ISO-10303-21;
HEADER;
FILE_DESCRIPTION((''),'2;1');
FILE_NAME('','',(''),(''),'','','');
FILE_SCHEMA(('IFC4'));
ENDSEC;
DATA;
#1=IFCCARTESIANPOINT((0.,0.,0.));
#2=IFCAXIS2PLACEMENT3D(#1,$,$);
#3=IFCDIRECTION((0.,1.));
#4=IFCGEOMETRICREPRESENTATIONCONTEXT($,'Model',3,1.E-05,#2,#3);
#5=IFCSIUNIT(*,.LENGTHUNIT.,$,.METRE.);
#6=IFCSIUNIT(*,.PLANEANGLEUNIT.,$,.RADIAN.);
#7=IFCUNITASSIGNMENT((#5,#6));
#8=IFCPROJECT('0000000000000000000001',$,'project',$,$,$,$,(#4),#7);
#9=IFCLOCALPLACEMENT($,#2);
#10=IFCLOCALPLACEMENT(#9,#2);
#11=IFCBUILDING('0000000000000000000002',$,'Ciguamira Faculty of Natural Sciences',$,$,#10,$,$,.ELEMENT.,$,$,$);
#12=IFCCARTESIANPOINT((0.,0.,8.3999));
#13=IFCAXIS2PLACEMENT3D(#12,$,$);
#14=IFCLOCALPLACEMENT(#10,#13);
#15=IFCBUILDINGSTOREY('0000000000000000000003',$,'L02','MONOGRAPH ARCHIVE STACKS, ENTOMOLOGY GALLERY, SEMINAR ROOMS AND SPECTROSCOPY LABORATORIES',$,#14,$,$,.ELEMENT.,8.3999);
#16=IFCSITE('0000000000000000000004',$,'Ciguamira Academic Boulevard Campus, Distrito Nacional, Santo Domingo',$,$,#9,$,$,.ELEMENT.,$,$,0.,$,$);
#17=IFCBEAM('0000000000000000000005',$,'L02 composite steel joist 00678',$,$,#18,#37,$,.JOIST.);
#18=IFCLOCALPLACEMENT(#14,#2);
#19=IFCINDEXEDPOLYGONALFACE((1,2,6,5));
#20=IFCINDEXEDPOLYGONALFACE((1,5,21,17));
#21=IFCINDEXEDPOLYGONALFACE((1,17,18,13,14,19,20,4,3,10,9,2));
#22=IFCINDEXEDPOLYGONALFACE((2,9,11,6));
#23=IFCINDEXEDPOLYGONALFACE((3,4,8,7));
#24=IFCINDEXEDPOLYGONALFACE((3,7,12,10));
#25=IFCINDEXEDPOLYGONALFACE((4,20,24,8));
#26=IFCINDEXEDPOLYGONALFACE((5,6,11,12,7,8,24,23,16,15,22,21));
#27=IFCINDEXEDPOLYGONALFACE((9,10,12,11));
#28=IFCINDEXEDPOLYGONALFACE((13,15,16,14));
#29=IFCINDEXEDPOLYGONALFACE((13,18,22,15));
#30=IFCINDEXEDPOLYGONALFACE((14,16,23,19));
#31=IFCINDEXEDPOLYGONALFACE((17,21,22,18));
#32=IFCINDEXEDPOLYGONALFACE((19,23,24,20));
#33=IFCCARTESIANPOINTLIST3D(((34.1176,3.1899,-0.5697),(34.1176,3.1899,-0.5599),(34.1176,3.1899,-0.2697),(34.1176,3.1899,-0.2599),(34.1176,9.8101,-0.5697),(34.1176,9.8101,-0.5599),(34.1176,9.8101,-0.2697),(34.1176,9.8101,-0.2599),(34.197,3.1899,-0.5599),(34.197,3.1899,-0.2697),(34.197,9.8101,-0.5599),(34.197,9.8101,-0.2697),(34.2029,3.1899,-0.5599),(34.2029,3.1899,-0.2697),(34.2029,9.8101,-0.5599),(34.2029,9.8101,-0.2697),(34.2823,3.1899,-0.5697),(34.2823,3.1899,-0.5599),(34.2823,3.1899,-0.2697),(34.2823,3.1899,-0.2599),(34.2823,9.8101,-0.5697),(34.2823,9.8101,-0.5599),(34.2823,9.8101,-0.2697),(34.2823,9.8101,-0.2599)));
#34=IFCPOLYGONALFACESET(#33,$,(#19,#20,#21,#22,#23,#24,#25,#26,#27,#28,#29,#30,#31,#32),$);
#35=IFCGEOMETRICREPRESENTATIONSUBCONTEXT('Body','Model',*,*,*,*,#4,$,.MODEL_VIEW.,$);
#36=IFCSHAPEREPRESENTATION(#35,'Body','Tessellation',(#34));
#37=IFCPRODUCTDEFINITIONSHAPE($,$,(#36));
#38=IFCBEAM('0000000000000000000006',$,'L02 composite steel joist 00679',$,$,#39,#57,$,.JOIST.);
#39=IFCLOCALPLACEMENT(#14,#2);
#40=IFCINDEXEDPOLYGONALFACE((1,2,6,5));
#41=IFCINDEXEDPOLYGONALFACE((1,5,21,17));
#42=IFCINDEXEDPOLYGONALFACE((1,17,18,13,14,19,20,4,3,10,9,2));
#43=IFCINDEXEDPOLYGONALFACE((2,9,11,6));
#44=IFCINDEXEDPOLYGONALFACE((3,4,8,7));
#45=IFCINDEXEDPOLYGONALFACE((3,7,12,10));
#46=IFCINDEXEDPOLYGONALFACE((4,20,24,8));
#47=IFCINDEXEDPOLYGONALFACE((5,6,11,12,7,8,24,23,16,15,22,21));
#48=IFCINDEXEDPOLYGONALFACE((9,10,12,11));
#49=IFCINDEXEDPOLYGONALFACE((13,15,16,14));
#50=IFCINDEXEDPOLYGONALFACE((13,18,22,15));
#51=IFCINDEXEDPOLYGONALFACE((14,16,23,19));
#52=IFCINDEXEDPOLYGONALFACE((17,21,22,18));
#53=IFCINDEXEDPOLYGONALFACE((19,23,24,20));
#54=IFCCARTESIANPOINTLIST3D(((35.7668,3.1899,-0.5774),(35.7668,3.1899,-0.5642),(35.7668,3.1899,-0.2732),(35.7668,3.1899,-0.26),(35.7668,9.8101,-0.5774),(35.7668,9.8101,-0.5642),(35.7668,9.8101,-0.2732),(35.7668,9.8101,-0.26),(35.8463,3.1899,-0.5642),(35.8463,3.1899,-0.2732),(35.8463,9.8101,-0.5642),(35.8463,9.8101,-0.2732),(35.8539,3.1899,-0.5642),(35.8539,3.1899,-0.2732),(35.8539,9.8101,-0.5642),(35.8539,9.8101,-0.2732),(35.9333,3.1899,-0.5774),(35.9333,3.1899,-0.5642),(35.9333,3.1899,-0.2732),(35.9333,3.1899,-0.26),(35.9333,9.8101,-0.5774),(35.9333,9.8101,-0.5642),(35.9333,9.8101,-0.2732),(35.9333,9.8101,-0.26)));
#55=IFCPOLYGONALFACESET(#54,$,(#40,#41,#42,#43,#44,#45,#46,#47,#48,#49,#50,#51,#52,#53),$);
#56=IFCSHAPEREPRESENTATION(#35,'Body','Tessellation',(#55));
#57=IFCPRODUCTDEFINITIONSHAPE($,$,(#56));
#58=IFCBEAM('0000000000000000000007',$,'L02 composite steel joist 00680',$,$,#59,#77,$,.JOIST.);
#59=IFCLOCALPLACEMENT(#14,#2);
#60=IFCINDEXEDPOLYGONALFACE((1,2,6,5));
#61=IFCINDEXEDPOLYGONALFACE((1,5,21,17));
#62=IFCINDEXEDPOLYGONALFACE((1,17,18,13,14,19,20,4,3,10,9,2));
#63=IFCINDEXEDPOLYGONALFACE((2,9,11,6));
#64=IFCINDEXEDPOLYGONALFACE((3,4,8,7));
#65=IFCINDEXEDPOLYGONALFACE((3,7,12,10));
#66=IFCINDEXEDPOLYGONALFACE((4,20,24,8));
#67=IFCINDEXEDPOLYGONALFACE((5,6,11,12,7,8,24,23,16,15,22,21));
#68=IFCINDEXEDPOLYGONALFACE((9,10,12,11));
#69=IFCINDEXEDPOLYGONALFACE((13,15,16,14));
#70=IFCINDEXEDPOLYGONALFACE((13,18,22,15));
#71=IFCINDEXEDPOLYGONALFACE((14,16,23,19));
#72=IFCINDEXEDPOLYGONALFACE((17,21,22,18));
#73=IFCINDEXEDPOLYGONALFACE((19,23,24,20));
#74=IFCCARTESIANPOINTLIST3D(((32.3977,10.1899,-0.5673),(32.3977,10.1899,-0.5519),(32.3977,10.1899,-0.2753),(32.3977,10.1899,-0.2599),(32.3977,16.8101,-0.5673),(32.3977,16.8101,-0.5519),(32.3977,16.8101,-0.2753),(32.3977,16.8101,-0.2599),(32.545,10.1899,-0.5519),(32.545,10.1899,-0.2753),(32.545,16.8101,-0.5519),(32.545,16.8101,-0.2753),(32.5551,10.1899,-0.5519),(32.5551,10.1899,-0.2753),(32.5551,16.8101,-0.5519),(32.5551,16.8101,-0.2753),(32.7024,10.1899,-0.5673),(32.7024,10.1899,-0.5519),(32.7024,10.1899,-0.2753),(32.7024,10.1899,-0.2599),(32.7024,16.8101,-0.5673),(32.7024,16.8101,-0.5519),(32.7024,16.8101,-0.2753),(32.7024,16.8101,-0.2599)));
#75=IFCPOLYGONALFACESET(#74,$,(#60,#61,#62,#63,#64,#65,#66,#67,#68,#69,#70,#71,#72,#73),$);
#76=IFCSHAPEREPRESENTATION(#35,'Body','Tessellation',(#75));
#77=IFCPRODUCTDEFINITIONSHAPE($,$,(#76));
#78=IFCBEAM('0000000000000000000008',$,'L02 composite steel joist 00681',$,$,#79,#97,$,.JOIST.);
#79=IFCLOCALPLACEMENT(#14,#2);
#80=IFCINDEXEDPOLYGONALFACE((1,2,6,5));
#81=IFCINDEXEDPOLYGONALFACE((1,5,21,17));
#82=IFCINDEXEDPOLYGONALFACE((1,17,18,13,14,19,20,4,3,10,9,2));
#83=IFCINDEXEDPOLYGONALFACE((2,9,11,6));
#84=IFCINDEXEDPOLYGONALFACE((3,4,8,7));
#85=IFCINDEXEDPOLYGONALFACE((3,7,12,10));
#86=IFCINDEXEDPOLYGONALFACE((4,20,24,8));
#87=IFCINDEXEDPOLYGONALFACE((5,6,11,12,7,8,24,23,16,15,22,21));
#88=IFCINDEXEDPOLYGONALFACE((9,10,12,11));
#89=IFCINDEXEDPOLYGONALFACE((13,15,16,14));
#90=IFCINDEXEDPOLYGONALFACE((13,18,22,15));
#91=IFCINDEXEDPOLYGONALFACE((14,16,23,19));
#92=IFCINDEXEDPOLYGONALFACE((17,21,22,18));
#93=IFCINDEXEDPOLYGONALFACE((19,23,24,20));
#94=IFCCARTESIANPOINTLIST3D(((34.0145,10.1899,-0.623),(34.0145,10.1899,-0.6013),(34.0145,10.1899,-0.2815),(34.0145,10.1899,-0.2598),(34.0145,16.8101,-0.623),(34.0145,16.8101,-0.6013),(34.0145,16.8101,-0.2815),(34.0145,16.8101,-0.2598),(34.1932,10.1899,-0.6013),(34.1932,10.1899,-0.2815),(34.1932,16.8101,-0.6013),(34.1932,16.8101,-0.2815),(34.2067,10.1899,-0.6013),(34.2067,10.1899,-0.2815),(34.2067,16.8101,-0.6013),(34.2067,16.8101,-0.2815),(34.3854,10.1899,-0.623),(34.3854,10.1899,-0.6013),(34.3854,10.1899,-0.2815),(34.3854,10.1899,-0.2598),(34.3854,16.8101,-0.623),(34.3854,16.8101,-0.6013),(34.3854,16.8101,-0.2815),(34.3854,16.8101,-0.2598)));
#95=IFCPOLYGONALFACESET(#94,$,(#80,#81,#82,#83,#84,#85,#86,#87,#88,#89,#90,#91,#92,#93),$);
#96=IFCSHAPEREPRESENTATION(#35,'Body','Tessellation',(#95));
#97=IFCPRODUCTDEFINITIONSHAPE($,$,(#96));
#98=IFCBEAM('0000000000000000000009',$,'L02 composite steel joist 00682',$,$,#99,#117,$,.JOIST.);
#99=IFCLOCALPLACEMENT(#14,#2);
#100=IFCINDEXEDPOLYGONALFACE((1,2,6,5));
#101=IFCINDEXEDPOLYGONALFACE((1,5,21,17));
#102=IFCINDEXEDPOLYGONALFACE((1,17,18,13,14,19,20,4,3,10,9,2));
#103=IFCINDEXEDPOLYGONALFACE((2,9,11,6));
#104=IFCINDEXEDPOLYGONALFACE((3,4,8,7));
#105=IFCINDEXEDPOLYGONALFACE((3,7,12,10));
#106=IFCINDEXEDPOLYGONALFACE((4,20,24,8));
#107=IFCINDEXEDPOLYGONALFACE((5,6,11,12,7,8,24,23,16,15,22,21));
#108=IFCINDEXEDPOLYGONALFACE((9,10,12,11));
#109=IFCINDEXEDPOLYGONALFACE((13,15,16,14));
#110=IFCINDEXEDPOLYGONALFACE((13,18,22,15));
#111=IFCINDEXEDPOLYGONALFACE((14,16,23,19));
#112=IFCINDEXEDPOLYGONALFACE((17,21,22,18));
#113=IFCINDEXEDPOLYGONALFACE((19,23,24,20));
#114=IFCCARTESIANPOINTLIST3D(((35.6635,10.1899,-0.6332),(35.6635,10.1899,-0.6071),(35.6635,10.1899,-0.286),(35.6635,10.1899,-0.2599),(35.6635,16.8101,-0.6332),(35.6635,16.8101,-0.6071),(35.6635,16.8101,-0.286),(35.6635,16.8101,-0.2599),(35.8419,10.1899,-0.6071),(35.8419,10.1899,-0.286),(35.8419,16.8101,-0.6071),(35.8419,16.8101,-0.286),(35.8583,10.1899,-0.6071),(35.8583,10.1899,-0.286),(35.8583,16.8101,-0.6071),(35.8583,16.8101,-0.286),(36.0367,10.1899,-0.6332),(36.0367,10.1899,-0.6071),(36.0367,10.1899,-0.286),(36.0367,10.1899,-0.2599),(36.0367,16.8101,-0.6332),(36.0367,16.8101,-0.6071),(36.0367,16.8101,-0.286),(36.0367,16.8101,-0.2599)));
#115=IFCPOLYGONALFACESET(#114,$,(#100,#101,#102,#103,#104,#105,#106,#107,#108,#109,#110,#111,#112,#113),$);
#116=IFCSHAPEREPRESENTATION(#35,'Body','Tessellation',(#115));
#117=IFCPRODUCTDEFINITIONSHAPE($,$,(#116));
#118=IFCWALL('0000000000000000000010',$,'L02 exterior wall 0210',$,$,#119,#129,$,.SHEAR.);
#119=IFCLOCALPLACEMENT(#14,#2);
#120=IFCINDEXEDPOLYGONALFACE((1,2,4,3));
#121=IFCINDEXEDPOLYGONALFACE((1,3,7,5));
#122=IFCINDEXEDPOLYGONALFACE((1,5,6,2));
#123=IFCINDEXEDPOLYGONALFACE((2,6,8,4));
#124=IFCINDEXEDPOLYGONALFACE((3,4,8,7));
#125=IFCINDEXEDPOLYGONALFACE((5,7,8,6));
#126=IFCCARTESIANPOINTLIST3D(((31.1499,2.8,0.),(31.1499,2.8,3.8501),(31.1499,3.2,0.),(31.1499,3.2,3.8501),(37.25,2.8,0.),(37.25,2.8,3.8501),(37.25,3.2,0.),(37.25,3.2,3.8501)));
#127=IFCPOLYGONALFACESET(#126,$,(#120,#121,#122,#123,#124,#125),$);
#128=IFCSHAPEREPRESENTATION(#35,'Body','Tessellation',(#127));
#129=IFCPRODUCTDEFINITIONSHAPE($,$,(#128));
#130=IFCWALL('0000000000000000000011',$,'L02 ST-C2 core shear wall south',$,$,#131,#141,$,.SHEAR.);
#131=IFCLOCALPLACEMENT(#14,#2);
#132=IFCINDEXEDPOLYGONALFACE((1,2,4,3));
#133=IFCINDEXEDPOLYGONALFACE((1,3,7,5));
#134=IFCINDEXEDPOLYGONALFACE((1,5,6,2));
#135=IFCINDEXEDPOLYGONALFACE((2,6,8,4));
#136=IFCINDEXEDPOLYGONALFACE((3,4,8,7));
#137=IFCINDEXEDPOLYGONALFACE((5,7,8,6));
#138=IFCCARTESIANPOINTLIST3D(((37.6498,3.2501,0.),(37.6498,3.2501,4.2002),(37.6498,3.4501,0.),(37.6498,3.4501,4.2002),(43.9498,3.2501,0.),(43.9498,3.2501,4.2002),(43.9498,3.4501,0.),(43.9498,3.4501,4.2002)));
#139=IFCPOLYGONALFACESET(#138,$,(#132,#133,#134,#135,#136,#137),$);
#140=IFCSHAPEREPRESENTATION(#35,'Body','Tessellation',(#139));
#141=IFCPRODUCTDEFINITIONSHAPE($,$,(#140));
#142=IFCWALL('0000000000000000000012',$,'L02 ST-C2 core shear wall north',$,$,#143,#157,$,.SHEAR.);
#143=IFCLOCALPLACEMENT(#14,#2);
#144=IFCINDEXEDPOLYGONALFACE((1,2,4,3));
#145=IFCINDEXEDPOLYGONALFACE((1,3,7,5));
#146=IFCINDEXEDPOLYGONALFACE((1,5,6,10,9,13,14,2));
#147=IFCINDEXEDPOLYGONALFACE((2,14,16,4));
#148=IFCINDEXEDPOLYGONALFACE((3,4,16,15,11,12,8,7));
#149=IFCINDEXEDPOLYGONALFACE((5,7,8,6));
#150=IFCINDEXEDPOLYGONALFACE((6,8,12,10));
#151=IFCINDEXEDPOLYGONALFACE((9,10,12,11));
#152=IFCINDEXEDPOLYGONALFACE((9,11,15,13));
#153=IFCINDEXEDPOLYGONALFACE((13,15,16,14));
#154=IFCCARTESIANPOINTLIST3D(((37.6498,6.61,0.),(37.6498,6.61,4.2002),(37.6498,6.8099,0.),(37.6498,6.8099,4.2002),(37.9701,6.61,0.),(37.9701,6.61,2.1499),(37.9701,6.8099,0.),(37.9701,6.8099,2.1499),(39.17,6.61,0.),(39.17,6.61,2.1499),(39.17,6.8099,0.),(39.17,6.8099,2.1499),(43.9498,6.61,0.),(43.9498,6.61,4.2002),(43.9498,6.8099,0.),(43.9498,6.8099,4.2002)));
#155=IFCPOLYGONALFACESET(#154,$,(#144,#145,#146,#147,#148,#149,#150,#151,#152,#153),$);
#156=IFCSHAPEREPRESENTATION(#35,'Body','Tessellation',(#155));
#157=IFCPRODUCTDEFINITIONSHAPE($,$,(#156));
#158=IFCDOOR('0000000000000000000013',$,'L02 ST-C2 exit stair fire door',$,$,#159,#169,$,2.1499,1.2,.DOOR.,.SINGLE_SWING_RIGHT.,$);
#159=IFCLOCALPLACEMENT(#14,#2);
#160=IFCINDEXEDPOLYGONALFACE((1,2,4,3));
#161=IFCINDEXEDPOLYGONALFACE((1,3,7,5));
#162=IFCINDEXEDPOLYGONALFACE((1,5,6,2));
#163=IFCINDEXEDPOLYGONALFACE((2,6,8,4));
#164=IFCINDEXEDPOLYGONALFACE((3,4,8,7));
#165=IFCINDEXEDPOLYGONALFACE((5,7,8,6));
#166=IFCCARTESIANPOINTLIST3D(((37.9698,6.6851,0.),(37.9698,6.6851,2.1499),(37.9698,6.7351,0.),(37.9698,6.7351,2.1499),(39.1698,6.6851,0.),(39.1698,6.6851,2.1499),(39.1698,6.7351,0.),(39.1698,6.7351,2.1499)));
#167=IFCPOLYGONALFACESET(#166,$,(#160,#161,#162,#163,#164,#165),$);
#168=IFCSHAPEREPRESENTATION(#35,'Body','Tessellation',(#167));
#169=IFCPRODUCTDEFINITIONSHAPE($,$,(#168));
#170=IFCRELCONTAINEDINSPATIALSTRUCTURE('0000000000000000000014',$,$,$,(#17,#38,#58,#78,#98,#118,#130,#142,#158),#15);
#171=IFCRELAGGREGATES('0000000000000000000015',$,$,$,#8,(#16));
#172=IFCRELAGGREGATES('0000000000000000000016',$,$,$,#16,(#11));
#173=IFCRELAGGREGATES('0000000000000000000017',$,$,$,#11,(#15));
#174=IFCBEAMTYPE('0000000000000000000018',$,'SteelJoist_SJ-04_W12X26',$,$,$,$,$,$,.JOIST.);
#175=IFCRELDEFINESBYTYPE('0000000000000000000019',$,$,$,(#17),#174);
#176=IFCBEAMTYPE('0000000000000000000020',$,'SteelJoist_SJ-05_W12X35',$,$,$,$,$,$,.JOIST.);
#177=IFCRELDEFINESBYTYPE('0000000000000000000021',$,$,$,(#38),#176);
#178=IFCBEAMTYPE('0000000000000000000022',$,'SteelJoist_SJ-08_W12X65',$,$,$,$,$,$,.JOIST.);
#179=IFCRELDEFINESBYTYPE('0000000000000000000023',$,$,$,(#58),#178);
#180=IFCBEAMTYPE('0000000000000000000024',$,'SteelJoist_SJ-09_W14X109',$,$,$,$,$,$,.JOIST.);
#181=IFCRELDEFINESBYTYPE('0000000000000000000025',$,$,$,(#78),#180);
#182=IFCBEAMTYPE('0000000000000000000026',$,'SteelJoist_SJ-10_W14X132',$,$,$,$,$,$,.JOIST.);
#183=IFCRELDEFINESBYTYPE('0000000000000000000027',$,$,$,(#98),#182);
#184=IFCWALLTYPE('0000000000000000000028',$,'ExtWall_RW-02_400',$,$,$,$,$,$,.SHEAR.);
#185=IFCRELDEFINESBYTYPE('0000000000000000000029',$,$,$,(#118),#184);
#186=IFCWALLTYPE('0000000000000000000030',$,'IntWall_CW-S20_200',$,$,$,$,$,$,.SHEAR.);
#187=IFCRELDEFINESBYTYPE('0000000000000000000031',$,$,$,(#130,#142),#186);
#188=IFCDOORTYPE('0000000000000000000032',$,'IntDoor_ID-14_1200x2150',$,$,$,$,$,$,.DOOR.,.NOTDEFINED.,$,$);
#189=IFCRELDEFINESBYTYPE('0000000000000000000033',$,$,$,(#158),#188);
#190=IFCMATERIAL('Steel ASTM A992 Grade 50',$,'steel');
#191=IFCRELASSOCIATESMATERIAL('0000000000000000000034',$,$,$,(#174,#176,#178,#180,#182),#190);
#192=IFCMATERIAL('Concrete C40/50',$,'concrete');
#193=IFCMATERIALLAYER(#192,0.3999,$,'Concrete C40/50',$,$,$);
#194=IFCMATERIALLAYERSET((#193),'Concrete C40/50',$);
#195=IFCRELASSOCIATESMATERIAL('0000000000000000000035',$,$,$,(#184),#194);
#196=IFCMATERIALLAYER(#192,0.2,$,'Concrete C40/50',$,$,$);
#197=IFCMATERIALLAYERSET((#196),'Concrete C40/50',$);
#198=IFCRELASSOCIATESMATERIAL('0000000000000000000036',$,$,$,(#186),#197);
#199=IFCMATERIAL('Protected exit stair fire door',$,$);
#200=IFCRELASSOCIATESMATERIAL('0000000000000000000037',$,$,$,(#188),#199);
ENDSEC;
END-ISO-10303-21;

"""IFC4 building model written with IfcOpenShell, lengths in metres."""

from ifc_helpers import new_model, si_unit, direction, frame, frame_2d, origin, origin_2d, place, context, subcontext, project, spatial, rectangle, i_section, extrude, material, layer, layer_set, material_profile, profile_set, type_object, element, fill, save


model = new_model("IFC4")

# Units and contexts
model_context = context("Model", 3, precision=1e-05, world=origin(), true_north=direction((0.0, 1.0)))
body_context = subcontext(model_context, "Body", "Model", "MODEL_VIEW")
ifc_project = project(units=[si_unit("LENGTHUNIT", "METRE"), si_unit("PLANEANGLEUNIT", "RADIAN")], contexts=[model_context])

# Site, building, storey
site_placement = place(None, origin())
site = spatial("IfcSite", under=ifc_project, at=site_placement, Name="Ciguamira Academic Boulevard Campus, Distrito Nacional, Santo Domingo", CompositionType="ELEMENT", RefElevation=0.0)
building_placement = place(site_placement, origin())
building = spatial("IfcBuilding", under=site, at=building_placement, Name="Ciguamira Faculty of Natural Sciences", CompositionType="ELEMENT")
storey_placement = place(building_placement, frame((0.0, 0.0, 8.3999)))
storey = spatial("IfcBuildingStorey", under=building, at=storey_placement, Name="L02", Description="MONOGRAPH ARCHIVE STACKS, ENTOMOLOGY GALLERY, SEMINAR ROOMS AND SPECTROSCOPY LABORATORIES", CompositionType="ELEMENT", Elevation=8.3999)

# Shared definitions
ifc_material_1 = material(Name="Concrete C40/50", Category="concrete")

# Beams
ifc_material_2 = material(Name="Steel ASTM A992 Grade 50", Category="steel")
ifc_material_profile_1 = material_profile(ifc_material_2, i_section(OverallWidth=0.1648, OverallDepth=0.3098, WebThickness=0.0059, FlangeThickness=0.0098, at=origin_2d()), Name="W12X26")
ifc_profile_set_1 = profile_set([ifc_material_profile_1], Name="Steel ASTM A992 Grade 50")
beam_type_1 = type_object("IfcBeamType", Name="SteelJoist_SJ-04_W12X26", PredefinedType="JOIST", material=ifc_profile_set_1)
beam_1_placement = place(storey_placement, frame((34.2, 3.1899, -0.4148), z_axis=(0.0, 1.0, 0.0), x_axis=(-1.0, 0.0, 0.0)))
element("IfcBeam", 1, at=beam_1_placement, inside=storey, type_object=beam_type_1, Name="L02 composite steel joist 00678", PredefinedType="JOIST", context=body_context, shape_type="SweptSolid", body=[
    extrude(i_section(OverallWidth=0.1648, OverallDepth=0.3098, WebThickness=0.0059, FlangeThickness=0.0098, at=origin_2d()), origin(), (0.0, 0.0, 1.0), 6.6201),
])
ifc_material_profile_2 = material_profile(ifc_material_2, i_section(OverallWidth=0.1665, OverallDepth=0.3174, WebThickness=0.0076, FlangeThickness=0.0132, at=origin_2d()), Name="W12X35")
ifc_profile_set_2 = profile_set([ifc_material_profile_2], Name="Steel ASTM A992 Grade 50")
beam_type_2 = type_object("IfcBeamType", Name="SteelJoist_SJ-05_W12X35", PredefinedType="JOIST", material=ifc_profile_set_2)
beam_2_placement = place(storey_placement, frame((35.8501, 3.1899, -0.4187), z_axis=(0.0, 1.0, 0.0), x_axis=(-1.0, 0.0, 0.0)))
element("IfcBeam", 2, at=beam_2_placement, inside=storey, type_object=beam_type_2, Name="L02 composite steel joist 00679", PredefinedType="JOIST", context=body_context, shape_type="SweptSolid", body=[
    extrude(i_section(OverallWidth=0.1665, OverallDepth=0.3174, WebThickness=0.0076, FlangeThickness=0.0132, at=origin_2d()), origin(), (0.0, 0.0, 1.0), 6.6201),
])
ifc_material_profile_3 = material_profile(ifc_material_2, i_section(OverallWidth=0.3047, OverallDepth=0.3074, WebThickness=0.01, FlangeThickness=0.0154, at=origin_2d()), Name="W12X65")
ifc_profile_set_3 = profile_set([ifc_material_profile_3], Name="Steel ASTM A992 Grade 50")
beam_type_3 = type_object("IfcBeamType", Name="SteelJoist_SJ-08_W12X65", PredefinedType="JOIST", material=ifc_profile_set_3)
beam_3_placement = place(storey_placement, frame((32.55, 10.1899, -0.4136), z_axis=(0.0, 1.0, 0.0), x_axis=(-1.0, 0.0, 0.0)))
element("IfcBeam", 3, at=beam_3_placement, inside=storey, type_object=beam_type_3, Name="L02 composite steel joist 00680", PredefinedType="JOIST", context=body_context, shape_type="SweptSolid", body=[
    extrude(i_section(OverallWidth=0.3047, OverallDepth=0.3074, WebThickness=0.01, FlangeThickness=0.0154, at=origin_2d()), origin(), (0.0, 0.0, 1.0), 6.6201),
])
ifc_material_profile_4 = material_profile(ifc_material_2, i_section(OverallWidth=0.3708, OverallDepth=0.3633, WebThickness=0.0134, FlangeThickness=0.0217, at=origin_2d()), Name="W14X109")
ifc_profile_set_4 = profile_set([ifc_material_profile_4], Name="Steel ASTM A992 Grade 50")
beam_type_4 = type_object("IfcBeamType", Name="SteelJoist_SJ-09_W14X109", PredefinedType="JOIST", material=ifc_profile_set_4)
beam_4_placement = place(storey_placement, frame((34.2, 10.1899, -0.4414), z_axis=(0.0, 1.0, 0.0), x_axis=(-1.0, 0.0, 0.0)))
element("IfcBeam", 4, at=beam_4_placement, inside=storey, type_object=beam_type_4, Name="L02 composite steel joist 00681", PredefinedType="JOIST", context=body_context, shape_type="SweptSolid", body=[
    extrude(i_section(OverallWidth=0.3708, OverallDepth=0.3633, WebThickness=0.0134, FlangeThickness=0.0217, at=origin_2d()), origin(), (0.0, 0.0, 1.0), 6.6201),
])
ifc_material_profile_5 = material_profile(ifc_material_2, i_section(OverallWidth=0.3733, OverallDepth=0.3733, WebThickness=0.0164, FlangeThickness=0.0261, at=origin_2d()), Name="W14X132")
ifc_profile_set_5 = profile_set([ifc_material_profile_5], Name="Steel ASTM A992 Grade 50")
beam_type_5 = type_object("IfcBeamType", Name="SteelJoist_SJ-10_W14X132", PredefinedType="JOIST", material=ifc_profile_set_5)
beam_5_placement = place(storey_placement, frame((35.8501, 10.1899, -0.4465), z_axis=(0.0, 1.0, 0.0), x_axis=(-1.0, 0.0, 0.0)))
element("IfcBeam", 5, at=beam_5_placement, inside=storey, type_object=beam_type_5, Name="L02 composite steel joist 00682", PredefinedType="JOIST", context=body_context, shape_type="SweptSolid", body=[
    extrude(i_section(OverallWidth=0.3733, OverallDepth=0.3733, WebThickness=0.0164, FlangeThickness=0.0261, at=origin_2d()), origin(), (0.0, 0.0, 1.0), 6.6201),
])

# Walls
ifc_layer_1 = layer(ifc_material_1, 0.3999, Name="Concrete C40/50")
ifc_layer_set_1 = layer_set([ifc_layer_1], Name="Concrete C40/50")
wall_type_1 = type_object("IfcWallType", Name="ExtWall_RW-02_400", PredefinedType="SHEAR", material=ifc_layer_set_1)
wall_1_placement = place(storey_placement, frame((31.1499, 3.0, 0.0), z_axis=(0.0, 0.0, 1.0), x_axis=(1.0, 0.0, 0.0)))
element("IfcWall", 6, at=wall_1_placement, inside=storey, type_object=wall_type_1, Name="L02 exterior wall 0210", PredefinedType="SHEAR", context=body_context, shape_type="SweptSolid", body=[
    extrude(rectangle(XDim=6.1001, YDim=0.3999, at=frame_2d((3.05, 0.0))), origin(), (0.0, 0.0, 1.0), 3.8501),
])
ifc_layer_2 = layer(ifc_material_1, 0.2, Name="Concrete C40/50")
ifc_layer_set_2 = layer_set([ifc_layer_2], Name="Concrete C40/50")
wall_type_2 = type_object("IfcWallType", Name="IntWall_CW-S20_200", PredefinedType="SHEAR", material=ifc_layer_set_2)
wall_2_placement = place(storey_placement, frame((37.6499, 3.3501, 0.0), z_axis=(0.0, 0.0, 1.0), x_axis=(1.0, 0.0, 0.0)))
element("IfcWall", 7, at=wall_2_placement, inside=storey, type_object=wall_type_2, Name="L02 ST-C2 core shear wall south", PredefinedType="SHEAR", context=body_context, shape_type="SweptSolid", body=[
    extrude(rectangle(XDim=6.3, YDim=0.2, at=frame_2d((3.1499, 0.0))), origin(), (0.0, 0.0, 1.0), 4.2002),
])

# Wall, opening, door
wall_3_placement = place(storey_placement, frame((37.6499, 6.71, 0.0), z_axis=(0.0, 0.0, 1.0), x_axis=(1.0, 0.0, 0.0)))
wall_3 = element("IfcWall", 8, at=wall_3_placement, inside=storey, type_object=wall_type_2, Name="L02 ST-C2 core shear wall north", PredefinedType="SHEAR", context=body_context, shape_type="SweptSolid", body=[
    extrude(rectangle(XDim=6.3, YDim=0.2, at=frame_2d((3.1499, 0.0))), origin(), (0.0, 0.0, 1.0), 4.2002),
])
opening_placement = place(wall_3_placement, frame((0.3201, 0.0, 0.0)))
opening = element("IfcOpeningElement", 9, at=opening_placement, cuts=wall_3, PredefinedType="OPENING", context=body_context, shape_type="SweptSolid", body=[
    extrude(rectangle(XDim=1.2, YDim=2.1499, at=frame_2d((0.6001, 1.075))), frame((0.0, 0.1099, 0.0), z_axis=(0.0, -1.0, 0.0), x_axis=(1.0, 0.0, 0.0)), (0.0, 0.0, 1.0), 0.22),
])
ifc_material_3 = material(Name="Protected exit stair fire door")
door_type = type_object("IfcDoorType", Name="IntDoor_ID-14_1200x2150", OperationType="NOTDEFINED", PredefinedType="DOOR", material=ifc_material_3)
door_placement = place(opening_placement, frame((1.2, 0.0, 0.0), z_axis=(0.0, 0.0, 1.0), x_axis=(-1.0, 0.0, 0.0)))
door = element("IfcDoor", 10, at=door_placement, inside=storey, type_object=door_type, Name="L02 ST-C2 exit stair fire door", OperationType="SINGLE_SWING_RIGHT", OverallHeight=2.1499, OverallWidth=1.2, PredefinedType="DOOR", context=body_context, shape_type="SweptSolid", body=[
    extrude(rectangle(XDim=1.2, YDim=2.1499, at=frame_2d((0.6001, 1.075))), frame((0.0, 0.0249, 0.0), z_axis=(0.0, -1.0, 0.0), x_axis=(1.0, 0.0, 0.0)), (0.0, 0.0, 1.0), 0.05),
])
fill(opening, door)

save(model, "model.ifc")
